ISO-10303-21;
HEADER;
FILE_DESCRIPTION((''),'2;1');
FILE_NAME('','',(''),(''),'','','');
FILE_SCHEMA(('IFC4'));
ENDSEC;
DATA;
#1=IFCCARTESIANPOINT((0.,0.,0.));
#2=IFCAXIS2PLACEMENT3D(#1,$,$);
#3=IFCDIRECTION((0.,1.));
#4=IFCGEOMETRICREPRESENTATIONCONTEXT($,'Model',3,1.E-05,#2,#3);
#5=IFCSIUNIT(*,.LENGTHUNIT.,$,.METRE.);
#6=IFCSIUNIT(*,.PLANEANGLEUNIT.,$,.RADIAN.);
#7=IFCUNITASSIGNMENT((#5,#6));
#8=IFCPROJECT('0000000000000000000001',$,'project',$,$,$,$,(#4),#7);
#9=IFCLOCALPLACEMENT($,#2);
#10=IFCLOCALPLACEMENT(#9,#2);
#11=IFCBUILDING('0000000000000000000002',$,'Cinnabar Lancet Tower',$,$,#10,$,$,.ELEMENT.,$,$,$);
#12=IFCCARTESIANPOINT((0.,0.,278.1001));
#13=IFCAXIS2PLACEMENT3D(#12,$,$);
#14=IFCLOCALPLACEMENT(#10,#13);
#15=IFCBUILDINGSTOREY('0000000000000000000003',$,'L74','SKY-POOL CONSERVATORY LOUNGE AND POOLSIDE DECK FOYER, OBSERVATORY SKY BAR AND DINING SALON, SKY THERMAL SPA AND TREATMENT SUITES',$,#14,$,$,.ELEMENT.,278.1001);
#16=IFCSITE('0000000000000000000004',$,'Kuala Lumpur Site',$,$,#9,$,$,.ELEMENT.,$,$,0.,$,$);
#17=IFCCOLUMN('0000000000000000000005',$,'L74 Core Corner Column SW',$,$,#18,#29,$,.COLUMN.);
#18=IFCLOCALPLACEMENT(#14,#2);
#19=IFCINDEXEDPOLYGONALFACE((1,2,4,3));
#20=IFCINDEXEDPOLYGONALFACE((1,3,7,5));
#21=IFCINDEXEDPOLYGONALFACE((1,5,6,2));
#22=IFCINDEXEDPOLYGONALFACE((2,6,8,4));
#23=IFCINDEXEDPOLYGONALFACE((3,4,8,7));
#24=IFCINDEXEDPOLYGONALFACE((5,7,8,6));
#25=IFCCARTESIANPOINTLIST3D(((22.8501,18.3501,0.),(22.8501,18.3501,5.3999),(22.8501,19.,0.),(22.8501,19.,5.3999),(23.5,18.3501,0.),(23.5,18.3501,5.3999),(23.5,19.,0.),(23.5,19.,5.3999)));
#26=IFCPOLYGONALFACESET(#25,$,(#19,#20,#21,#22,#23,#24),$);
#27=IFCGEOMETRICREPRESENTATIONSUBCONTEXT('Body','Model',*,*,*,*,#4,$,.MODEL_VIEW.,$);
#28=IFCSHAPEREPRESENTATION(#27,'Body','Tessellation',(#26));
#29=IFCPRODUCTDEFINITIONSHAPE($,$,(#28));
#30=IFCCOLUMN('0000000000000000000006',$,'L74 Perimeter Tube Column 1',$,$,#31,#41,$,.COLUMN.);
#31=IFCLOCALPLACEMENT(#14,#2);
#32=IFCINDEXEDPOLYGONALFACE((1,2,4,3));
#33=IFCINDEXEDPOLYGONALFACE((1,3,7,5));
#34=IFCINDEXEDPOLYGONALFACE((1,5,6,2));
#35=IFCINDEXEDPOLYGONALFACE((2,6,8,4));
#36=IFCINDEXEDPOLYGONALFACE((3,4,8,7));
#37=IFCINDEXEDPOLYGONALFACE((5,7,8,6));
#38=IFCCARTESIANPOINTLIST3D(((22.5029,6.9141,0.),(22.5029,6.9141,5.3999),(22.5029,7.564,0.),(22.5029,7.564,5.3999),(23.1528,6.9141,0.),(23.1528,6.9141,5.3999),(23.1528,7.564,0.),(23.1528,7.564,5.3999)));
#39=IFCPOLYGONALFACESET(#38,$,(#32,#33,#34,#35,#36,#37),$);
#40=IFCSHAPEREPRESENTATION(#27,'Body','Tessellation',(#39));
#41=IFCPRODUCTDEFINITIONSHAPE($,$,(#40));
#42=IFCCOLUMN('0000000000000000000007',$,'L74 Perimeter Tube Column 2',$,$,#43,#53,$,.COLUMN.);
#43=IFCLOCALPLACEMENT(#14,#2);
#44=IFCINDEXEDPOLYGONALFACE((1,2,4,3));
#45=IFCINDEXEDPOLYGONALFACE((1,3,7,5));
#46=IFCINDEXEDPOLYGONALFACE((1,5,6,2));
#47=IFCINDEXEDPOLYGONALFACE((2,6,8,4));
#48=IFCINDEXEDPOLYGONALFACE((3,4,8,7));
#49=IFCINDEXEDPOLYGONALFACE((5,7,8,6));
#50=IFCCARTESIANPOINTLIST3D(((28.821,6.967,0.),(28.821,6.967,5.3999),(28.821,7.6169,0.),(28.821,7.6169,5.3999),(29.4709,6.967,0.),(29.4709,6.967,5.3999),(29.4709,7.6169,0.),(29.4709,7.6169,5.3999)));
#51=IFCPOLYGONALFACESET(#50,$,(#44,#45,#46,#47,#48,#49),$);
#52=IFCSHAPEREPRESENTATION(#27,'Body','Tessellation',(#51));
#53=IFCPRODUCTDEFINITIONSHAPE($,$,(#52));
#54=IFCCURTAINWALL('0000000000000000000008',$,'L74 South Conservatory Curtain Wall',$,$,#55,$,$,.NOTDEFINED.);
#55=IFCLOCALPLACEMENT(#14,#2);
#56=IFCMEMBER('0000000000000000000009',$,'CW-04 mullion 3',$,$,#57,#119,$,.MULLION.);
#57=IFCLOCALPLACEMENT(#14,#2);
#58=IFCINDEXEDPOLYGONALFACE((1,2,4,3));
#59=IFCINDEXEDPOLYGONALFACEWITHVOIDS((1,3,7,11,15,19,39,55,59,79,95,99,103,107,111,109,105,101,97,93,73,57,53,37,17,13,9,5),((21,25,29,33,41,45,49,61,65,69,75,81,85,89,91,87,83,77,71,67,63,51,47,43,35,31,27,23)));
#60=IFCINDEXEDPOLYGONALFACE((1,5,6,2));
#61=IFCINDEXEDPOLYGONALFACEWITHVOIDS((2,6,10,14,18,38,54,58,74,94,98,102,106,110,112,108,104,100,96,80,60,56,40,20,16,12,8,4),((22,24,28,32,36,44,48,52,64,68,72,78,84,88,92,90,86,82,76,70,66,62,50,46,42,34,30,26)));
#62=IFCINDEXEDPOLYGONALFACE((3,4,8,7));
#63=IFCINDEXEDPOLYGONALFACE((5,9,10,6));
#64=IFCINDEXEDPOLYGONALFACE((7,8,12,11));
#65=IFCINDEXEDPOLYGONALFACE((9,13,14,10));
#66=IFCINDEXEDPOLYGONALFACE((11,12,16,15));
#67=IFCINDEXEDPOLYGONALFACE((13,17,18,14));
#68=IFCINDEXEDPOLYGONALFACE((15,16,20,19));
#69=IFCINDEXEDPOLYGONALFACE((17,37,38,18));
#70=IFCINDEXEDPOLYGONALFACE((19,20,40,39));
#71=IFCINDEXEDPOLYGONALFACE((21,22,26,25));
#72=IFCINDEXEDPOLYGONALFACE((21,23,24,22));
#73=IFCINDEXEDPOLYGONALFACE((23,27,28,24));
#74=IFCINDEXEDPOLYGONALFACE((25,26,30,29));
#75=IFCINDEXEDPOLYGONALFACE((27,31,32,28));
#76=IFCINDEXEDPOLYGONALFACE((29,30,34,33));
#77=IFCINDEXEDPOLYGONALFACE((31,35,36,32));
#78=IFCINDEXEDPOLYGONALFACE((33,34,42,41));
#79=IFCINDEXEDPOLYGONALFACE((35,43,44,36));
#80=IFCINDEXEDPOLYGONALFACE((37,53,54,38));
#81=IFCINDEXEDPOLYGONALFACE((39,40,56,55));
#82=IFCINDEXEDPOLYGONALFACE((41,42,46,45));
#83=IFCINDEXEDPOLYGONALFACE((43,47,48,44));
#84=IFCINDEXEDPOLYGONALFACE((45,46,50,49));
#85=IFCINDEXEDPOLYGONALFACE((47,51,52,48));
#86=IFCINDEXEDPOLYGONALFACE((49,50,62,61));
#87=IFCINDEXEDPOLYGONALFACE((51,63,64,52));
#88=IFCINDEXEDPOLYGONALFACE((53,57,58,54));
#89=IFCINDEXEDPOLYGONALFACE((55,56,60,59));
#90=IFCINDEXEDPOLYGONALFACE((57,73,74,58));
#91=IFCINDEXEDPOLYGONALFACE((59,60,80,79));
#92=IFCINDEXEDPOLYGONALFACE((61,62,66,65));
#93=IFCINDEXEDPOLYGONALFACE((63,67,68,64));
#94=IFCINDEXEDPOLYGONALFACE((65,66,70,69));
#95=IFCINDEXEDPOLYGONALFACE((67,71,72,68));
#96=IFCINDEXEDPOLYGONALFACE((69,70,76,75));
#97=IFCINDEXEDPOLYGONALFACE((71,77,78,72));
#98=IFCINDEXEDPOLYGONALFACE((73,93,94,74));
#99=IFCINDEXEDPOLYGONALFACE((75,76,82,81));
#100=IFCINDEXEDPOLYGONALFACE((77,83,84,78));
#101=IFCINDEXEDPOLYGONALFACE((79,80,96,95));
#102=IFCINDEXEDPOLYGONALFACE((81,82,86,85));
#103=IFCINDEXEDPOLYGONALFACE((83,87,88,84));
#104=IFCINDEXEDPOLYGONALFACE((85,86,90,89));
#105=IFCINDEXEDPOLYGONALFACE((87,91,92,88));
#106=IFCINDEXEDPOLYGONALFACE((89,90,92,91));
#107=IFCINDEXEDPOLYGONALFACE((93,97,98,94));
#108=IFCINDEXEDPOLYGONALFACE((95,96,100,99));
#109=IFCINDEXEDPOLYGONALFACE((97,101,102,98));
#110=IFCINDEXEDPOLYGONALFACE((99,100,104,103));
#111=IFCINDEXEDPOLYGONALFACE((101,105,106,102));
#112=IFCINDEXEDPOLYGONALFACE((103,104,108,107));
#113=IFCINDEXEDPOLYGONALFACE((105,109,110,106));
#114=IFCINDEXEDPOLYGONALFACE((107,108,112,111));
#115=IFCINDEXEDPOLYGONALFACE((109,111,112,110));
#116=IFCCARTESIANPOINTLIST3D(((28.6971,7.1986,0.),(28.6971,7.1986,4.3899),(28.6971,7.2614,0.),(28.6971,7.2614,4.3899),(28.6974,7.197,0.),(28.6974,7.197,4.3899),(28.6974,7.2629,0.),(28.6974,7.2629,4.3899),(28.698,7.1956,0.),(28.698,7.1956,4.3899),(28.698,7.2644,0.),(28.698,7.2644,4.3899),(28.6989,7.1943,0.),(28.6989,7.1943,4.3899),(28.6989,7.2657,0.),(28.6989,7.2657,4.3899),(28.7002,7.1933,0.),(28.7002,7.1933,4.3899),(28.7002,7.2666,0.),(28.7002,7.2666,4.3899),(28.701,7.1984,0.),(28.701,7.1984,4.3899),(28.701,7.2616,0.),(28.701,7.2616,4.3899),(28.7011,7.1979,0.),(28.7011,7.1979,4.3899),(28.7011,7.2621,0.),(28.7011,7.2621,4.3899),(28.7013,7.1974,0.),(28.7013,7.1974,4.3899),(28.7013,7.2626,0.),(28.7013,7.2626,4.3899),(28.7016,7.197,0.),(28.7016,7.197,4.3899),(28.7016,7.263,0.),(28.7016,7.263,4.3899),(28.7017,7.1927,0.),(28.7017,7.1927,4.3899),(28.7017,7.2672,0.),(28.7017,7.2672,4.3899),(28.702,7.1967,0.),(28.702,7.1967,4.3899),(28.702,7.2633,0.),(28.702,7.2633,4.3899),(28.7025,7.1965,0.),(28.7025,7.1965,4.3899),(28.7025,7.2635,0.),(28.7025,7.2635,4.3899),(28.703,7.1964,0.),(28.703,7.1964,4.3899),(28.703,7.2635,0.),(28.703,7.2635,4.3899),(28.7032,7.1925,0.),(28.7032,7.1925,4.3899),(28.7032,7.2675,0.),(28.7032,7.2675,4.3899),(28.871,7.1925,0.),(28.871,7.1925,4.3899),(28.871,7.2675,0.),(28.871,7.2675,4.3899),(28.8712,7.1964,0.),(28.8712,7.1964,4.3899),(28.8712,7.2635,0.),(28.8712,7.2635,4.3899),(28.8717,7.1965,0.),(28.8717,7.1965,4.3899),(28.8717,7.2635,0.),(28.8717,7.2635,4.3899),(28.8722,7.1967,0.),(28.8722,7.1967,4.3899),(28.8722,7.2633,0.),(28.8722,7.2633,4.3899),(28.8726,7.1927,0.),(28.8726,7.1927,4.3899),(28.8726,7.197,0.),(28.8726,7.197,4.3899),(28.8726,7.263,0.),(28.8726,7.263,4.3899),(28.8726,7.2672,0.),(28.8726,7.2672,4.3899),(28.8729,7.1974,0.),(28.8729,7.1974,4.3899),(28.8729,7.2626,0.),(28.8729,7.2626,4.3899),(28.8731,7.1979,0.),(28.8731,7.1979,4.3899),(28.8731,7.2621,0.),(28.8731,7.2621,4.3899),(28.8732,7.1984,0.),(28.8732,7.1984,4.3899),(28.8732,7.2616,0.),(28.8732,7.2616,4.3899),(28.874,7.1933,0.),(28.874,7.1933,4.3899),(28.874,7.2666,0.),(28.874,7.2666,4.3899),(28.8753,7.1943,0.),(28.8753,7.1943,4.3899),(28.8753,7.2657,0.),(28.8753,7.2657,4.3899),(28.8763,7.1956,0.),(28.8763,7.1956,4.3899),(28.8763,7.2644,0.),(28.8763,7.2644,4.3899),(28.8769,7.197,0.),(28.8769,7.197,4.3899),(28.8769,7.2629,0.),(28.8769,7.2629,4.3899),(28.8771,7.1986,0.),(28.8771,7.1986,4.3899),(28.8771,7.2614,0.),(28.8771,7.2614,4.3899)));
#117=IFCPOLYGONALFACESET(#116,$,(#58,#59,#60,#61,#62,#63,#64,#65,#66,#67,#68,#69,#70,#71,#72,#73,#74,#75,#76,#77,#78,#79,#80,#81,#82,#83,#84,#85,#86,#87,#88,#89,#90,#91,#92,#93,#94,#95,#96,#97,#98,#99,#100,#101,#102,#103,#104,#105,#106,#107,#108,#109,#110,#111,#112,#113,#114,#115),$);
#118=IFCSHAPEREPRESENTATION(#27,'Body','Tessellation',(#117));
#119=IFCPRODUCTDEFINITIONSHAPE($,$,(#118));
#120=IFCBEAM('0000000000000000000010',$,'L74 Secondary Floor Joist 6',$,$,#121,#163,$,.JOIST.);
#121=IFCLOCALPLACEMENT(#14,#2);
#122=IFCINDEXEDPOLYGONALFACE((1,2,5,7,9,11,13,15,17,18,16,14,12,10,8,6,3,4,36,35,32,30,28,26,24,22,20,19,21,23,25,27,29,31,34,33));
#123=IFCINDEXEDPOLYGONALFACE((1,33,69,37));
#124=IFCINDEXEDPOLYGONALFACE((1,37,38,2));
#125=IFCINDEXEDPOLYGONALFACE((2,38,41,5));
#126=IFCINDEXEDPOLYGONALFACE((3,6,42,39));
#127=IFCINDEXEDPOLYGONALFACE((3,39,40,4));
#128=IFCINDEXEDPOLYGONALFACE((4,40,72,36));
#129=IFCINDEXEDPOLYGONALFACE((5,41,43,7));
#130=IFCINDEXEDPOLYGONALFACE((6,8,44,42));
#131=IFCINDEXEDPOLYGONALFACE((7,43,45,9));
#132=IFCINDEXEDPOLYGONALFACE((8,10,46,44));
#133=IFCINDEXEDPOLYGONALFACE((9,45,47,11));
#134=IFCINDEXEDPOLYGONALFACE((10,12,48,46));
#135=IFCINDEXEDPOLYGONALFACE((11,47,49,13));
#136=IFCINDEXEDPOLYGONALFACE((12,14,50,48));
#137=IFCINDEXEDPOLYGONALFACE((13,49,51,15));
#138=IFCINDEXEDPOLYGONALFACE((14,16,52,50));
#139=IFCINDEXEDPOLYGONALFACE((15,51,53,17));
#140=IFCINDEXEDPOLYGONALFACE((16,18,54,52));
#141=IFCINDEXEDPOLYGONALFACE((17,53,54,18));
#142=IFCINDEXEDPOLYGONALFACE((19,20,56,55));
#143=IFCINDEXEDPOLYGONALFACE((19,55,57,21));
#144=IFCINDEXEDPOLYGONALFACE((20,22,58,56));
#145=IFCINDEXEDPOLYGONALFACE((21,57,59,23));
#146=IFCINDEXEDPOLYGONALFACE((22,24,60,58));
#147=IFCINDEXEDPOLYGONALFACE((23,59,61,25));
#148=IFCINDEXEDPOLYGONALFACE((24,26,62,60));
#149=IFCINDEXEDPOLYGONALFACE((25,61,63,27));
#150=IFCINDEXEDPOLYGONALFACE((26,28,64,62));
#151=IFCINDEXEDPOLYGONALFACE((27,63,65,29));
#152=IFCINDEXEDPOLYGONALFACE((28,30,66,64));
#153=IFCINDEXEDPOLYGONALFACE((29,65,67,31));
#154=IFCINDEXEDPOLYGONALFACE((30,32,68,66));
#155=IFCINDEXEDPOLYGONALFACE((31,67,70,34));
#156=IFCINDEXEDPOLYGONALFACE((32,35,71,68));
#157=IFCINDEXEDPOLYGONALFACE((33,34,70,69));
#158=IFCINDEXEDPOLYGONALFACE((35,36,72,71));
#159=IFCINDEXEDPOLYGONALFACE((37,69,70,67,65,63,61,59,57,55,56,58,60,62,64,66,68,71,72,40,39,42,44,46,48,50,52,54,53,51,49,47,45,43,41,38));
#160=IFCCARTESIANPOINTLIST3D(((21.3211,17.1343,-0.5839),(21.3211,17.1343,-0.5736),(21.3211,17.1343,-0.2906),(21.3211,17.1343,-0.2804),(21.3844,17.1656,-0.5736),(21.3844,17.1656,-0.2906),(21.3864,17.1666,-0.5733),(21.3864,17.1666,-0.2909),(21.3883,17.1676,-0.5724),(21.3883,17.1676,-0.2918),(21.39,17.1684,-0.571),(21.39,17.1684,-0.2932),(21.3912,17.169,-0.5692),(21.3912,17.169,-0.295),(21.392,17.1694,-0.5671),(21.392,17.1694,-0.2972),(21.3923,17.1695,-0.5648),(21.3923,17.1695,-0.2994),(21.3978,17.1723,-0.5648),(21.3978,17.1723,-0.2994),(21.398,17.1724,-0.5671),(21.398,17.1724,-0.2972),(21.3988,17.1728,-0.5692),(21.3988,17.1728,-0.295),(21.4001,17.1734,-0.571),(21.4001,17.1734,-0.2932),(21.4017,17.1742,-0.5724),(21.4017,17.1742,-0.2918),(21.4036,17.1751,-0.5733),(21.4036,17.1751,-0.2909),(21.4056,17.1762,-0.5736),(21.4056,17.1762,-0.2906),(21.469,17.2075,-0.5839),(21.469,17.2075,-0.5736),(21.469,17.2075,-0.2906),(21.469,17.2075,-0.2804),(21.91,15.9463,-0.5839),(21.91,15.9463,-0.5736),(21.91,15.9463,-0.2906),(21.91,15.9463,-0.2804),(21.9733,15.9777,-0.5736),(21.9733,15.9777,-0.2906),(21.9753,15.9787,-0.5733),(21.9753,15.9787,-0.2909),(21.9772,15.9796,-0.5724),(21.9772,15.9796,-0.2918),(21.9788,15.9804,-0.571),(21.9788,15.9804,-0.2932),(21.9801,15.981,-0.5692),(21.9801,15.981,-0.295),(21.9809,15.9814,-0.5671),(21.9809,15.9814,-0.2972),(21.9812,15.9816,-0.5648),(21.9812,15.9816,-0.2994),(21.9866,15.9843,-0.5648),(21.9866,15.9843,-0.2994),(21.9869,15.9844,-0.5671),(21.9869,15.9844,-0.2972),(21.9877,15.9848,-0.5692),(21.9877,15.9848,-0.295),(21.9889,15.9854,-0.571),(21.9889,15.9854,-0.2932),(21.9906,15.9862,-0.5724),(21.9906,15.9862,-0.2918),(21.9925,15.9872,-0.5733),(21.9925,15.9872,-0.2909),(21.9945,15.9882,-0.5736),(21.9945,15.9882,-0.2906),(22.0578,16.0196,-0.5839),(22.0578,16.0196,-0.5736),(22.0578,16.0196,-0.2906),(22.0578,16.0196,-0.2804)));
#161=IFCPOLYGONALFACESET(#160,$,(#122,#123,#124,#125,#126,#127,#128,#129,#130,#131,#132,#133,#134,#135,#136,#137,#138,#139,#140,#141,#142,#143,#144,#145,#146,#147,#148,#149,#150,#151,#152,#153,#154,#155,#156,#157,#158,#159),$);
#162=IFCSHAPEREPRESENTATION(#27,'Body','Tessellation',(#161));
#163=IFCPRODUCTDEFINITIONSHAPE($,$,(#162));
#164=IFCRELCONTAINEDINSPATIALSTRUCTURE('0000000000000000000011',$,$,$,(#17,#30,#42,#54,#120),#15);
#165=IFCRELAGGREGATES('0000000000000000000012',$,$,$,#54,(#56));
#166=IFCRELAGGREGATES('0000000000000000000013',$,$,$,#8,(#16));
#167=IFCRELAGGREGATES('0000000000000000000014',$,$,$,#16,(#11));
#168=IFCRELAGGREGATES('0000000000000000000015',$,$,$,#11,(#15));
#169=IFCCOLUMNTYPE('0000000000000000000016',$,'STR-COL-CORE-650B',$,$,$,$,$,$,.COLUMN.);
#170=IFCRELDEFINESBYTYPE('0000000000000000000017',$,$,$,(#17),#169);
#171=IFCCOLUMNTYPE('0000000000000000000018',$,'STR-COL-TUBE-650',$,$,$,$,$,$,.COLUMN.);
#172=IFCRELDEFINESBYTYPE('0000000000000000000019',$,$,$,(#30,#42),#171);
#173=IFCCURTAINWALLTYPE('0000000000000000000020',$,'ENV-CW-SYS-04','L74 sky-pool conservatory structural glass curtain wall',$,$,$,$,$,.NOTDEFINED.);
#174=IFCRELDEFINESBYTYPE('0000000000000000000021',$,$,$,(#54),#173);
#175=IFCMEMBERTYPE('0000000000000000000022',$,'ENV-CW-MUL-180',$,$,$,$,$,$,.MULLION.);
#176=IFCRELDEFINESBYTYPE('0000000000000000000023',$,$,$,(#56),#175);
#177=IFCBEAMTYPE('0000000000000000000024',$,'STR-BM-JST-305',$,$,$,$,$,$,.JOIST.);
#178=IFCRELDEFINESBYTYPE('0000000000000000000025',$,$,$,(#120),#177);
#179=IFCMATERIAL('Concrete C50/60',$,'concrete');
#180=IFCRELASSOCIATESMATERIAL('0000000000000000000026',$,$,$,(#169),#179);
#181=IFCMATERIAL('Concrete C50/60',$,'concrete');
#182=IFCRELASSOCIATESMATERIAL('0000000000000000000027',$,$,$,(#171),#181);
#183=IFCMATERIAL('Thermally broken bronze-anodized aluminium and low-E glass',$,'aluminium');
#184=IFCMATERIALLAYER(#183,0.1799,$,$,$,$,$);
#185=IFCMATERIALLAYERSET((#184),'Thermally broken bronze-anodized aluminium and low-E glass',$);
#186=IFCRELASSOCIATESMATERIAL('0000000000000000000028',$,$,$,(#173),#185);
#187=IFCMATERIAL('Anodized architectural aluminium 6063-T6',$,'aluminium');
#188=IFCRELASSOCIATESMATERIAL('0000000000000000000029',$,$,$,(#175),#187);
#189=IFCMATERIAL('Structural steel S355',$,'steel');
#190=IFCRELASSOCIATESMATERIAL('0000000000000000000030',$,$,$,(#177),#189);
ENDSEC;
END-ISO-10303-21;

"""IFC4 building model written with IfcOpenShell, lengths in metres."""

from ifc_helpers import new_model, si_unit, direction, frame, origin, origin_2d, place, context, subcontext, project, spatial, rectangle, hollow_rectangle, i_section, extrude, material, layer, layer_set, material_profile, profile_set, type_object, element, aggregate, save


model = new_model("IFC4")

# Units and contexts
model_context = context("Model", 3, precision=1e-05, world=origin(), true_north=direction((0.0, 1.0)))
body_context = subcontext(model_context, "Body", "Model", "MODEL_VIEW")
ifc_project = project(units=[si_unit("LENGTHUNIT", "METRE"), si_unit("PLANEANGLEUNIT", "RADIAN")], contexts=[model_context])

# Site, building, storey
site_placement = place(None, origin())
site = spatial("IfcSite", under=ifc_project, at=site_placement, Name="Kuala Lumpur Site", CompositionType="ELEMENT", RefElevation=0.0)
building_placement = place(site_placement, origin())
building = spatial("IfcBuilding", under=site, at=building_placement, Name="Cinnabar Lancet Tower", CompositionType="ELEMENT")
storey_placement = place(building_placement, frame((0.0, 0.0, 278.1001)))
storey = spatial("IfcBuildingStorey", under=building, at=storey_placement, Name="L74", Description="SKY-POOL CONSERVATORY LOUNGE AND POOLSIDE DECK FOYER, OBSERVATORY SKY BAR AND DINING SALON, SKY THERMAL SPA AND TREATMENT SUITES", CompositionType="ELEMENT", Elevation=278.1001)

# Columns
ifc_material_1 = material(Name="Concrete C50/60", Category="concrete")
ifc_material_profile_1 = material_profile(ifc_material_1, rectangle(XDim=0.6499, YDim=0.6499, at=origin_2d()), Name="RC-COL 650x650")
ifc_profile_set_1 = profile_set([ifc_material_profile_1], Name="Concrete C50/60")
column_type_1 = type_object("IfcColumnType", Name="STR-COL-CORE-650B", PredefinedType="COLUMN", material=ifc_profile_set_1)
column_placement = place(storey_placement, frame((23.175, 18.675, 0.0), z_axis=(0.0, 0.0, 1.0), x_axis=(1.0, 0.0, 0.0)))
element("IfcColumn", 1, at=column_placement, inside=storey, type_object=column_type_1, Name="L74 Core Corner Column SW", PredefinedType="COLUMN", context=body_context, shape_type="SweptSolid", body=[
    extrude(rectangle(XDim=0.6499, YDim=0.6499, at=origin_2d()), origin(), (0.0, 0.0, 1.0), 5.3999),
])
ifc_material_2 = material(Name="Concrete C50/60", Category="concrete")
ifc_material_profile_2 = material_profile(ifc_material_2, rectangle(XDim=0.6499, YDim=0.6499, at=origin_2d()), Name="RC-COL 650x650")
ifc_profile_set_2 = profile_set([ifc_material_profile_2], Name="Concrete C50/60")
column_type_2 = type_object("IfcColumnType", Name="STR-COL-TUBE-650", PredefinedType="COLUMN", material=ifc_profile_set_2)
for number, where, z_axis, x_axis, name in (
    (2, (22.8279, 7.239, 0.0), (0.0, 0.0, 1.0), (1.0, 0.0, 0.0), "L74 Perimeter Tube Column 1"),
    (3, (29.146, 7.292, 0.0), (0.0, 0.0, 1.0), (1.0, 0.0, 0.0), "L74 Perimeter Tube Column 2"),
):
    element("IfcColumn", number, at=place(storey_placement, frame(where, z_axis=z_axis, x_axis=x_axis)), inside=storey, type_object=column_type_2, Name=name, PredefinedType="COLUMN", context=body_context, shape_type="SweptSolid", body=[
        extrude(rectangle(XDim=0.6499, YDim=0.6499, at=origin_2d()), origin(), (0.0, 0.0, 1.0), 5.3999),
    ])

# Curtain wall, member
ifc_material_3 = material(Name="Thermally broken bronze-anodized aluminium and low-E glass", Category="aluminium")
ifc_layer_1 = layer(ifc_material_3, 0.1799)
ifc_layer_set_1 = layer_set([ifc_layer_1], Name="Thermally broken bronze-anodized aluminium and low-E glass")
curtain_wall_type = type_object("IfcCurtainWallType", Name="ENV-CW-SYS-04", Description="L74 sky-pool conservatory structural glass curtain wall", PredefinedType="NOTDEFINED", material=ifc_layer_set_1)
curtain_wall_placement = place(storey_placement, origin())
curtain_wall = element("IfcCurtainWall", 4, at=curtain_wall_placement, inside=storey, type_object=curtain_wall_type, Name="L74 South Conservatory Curtain Wall", PredefinedType="NOTDEFINED")
ifc_material_4 = material(Name="Anodized architectural aluminium 6063-T6", Category="aluminium")
ifc_material_profile_3 = material_profile(ifc_material_4, hollow_rectangle(XDim=0.075, YDim=0.1799, WallThickness=0.0039, InnerFilletRadius=0.002, OuterFilletRadius=0.0061, at=origin_2d()), Name="CW-MUL 180x75x4")
ifc_profile_set_3 = profile_set([ifc_material_profile_3], Name="Anodized architectural aluminium 6063-T6")
member_type_1 = type_object("IfcMemberType", Name="ENV-CW-MUL-180", PredefinedType="MULLION", material=ifc_profile_set_3)
member_1_placement = place(storey_placement, frame((28.7871, 7.23, 0.0), z_axis=(0.0, 0.0, 1.0), x_axis=(0.0, 1.0, 0.0)))
member_1 = element("IfcMember", 5, at=member_1_placement, type_object=member_type_1, Name="CW-04 mullion 3", PredefinedType="MULLION", context=body_context, shape_type="SweptSolid", body=[
    extrude(hollow_rectangle(XDim=0.075, YDim=0.1799, WallThickness=0.0039, InnerFilletRadius=0.002, OuterFilletRadius=0.0061, at=origin_2d()), origin(), (0.0, 0.0, 1.0), 4.3899),
])
aggregate(curtain_wall, [member_1])

# Beam
ifc_material_5 = material(Name="Structural steel S355", Category="steel")
ifc_material_profile_4 = material_profile(ifc_material_5, i_section(OverallWidth=0.165, OverallDepth=0.3035, WebThickness=0.0061, FlangeThickness=0.0103, FilletRadius=0.0088, at=origin_2d()), Name="UKB 305x165x40")
ifc_profile_set_4 = profile_set([ifc_material_profile_4], Name="Structural steel S355")
beam_type_1 = type_object("IfcBeamType", Name="STR-BM-JST-305", PredefinedType="JOIST", material=ifc_profile_set_4)
beam_1_placement = place(storey_placement, frame((21.395, 17.1709, -0.4321), z_axis=(0.444118, -0.895969, 0.0), x_axis=(0.895969, 0.444118, 0.0)))
element("IfcBeam", 6, at=beam_1_placement, inside=storey, type_object=beam_type_1, Name="L74 Secondary Floor Joist 6", PredefinedType="JOIST", context=body_context, shape_type="SweptSolid", body=[
    extrude(i_section(OverallWidth=0.165, OverallDepth=0.3035, WebThickness=0.0061, FlangeThickness=0.0103, FilletRadius=0.0088, at=origin_2d()), origin(), (0.0, 0.0, 1.0), 1.3259),
])

save(model, "model.ifc")
